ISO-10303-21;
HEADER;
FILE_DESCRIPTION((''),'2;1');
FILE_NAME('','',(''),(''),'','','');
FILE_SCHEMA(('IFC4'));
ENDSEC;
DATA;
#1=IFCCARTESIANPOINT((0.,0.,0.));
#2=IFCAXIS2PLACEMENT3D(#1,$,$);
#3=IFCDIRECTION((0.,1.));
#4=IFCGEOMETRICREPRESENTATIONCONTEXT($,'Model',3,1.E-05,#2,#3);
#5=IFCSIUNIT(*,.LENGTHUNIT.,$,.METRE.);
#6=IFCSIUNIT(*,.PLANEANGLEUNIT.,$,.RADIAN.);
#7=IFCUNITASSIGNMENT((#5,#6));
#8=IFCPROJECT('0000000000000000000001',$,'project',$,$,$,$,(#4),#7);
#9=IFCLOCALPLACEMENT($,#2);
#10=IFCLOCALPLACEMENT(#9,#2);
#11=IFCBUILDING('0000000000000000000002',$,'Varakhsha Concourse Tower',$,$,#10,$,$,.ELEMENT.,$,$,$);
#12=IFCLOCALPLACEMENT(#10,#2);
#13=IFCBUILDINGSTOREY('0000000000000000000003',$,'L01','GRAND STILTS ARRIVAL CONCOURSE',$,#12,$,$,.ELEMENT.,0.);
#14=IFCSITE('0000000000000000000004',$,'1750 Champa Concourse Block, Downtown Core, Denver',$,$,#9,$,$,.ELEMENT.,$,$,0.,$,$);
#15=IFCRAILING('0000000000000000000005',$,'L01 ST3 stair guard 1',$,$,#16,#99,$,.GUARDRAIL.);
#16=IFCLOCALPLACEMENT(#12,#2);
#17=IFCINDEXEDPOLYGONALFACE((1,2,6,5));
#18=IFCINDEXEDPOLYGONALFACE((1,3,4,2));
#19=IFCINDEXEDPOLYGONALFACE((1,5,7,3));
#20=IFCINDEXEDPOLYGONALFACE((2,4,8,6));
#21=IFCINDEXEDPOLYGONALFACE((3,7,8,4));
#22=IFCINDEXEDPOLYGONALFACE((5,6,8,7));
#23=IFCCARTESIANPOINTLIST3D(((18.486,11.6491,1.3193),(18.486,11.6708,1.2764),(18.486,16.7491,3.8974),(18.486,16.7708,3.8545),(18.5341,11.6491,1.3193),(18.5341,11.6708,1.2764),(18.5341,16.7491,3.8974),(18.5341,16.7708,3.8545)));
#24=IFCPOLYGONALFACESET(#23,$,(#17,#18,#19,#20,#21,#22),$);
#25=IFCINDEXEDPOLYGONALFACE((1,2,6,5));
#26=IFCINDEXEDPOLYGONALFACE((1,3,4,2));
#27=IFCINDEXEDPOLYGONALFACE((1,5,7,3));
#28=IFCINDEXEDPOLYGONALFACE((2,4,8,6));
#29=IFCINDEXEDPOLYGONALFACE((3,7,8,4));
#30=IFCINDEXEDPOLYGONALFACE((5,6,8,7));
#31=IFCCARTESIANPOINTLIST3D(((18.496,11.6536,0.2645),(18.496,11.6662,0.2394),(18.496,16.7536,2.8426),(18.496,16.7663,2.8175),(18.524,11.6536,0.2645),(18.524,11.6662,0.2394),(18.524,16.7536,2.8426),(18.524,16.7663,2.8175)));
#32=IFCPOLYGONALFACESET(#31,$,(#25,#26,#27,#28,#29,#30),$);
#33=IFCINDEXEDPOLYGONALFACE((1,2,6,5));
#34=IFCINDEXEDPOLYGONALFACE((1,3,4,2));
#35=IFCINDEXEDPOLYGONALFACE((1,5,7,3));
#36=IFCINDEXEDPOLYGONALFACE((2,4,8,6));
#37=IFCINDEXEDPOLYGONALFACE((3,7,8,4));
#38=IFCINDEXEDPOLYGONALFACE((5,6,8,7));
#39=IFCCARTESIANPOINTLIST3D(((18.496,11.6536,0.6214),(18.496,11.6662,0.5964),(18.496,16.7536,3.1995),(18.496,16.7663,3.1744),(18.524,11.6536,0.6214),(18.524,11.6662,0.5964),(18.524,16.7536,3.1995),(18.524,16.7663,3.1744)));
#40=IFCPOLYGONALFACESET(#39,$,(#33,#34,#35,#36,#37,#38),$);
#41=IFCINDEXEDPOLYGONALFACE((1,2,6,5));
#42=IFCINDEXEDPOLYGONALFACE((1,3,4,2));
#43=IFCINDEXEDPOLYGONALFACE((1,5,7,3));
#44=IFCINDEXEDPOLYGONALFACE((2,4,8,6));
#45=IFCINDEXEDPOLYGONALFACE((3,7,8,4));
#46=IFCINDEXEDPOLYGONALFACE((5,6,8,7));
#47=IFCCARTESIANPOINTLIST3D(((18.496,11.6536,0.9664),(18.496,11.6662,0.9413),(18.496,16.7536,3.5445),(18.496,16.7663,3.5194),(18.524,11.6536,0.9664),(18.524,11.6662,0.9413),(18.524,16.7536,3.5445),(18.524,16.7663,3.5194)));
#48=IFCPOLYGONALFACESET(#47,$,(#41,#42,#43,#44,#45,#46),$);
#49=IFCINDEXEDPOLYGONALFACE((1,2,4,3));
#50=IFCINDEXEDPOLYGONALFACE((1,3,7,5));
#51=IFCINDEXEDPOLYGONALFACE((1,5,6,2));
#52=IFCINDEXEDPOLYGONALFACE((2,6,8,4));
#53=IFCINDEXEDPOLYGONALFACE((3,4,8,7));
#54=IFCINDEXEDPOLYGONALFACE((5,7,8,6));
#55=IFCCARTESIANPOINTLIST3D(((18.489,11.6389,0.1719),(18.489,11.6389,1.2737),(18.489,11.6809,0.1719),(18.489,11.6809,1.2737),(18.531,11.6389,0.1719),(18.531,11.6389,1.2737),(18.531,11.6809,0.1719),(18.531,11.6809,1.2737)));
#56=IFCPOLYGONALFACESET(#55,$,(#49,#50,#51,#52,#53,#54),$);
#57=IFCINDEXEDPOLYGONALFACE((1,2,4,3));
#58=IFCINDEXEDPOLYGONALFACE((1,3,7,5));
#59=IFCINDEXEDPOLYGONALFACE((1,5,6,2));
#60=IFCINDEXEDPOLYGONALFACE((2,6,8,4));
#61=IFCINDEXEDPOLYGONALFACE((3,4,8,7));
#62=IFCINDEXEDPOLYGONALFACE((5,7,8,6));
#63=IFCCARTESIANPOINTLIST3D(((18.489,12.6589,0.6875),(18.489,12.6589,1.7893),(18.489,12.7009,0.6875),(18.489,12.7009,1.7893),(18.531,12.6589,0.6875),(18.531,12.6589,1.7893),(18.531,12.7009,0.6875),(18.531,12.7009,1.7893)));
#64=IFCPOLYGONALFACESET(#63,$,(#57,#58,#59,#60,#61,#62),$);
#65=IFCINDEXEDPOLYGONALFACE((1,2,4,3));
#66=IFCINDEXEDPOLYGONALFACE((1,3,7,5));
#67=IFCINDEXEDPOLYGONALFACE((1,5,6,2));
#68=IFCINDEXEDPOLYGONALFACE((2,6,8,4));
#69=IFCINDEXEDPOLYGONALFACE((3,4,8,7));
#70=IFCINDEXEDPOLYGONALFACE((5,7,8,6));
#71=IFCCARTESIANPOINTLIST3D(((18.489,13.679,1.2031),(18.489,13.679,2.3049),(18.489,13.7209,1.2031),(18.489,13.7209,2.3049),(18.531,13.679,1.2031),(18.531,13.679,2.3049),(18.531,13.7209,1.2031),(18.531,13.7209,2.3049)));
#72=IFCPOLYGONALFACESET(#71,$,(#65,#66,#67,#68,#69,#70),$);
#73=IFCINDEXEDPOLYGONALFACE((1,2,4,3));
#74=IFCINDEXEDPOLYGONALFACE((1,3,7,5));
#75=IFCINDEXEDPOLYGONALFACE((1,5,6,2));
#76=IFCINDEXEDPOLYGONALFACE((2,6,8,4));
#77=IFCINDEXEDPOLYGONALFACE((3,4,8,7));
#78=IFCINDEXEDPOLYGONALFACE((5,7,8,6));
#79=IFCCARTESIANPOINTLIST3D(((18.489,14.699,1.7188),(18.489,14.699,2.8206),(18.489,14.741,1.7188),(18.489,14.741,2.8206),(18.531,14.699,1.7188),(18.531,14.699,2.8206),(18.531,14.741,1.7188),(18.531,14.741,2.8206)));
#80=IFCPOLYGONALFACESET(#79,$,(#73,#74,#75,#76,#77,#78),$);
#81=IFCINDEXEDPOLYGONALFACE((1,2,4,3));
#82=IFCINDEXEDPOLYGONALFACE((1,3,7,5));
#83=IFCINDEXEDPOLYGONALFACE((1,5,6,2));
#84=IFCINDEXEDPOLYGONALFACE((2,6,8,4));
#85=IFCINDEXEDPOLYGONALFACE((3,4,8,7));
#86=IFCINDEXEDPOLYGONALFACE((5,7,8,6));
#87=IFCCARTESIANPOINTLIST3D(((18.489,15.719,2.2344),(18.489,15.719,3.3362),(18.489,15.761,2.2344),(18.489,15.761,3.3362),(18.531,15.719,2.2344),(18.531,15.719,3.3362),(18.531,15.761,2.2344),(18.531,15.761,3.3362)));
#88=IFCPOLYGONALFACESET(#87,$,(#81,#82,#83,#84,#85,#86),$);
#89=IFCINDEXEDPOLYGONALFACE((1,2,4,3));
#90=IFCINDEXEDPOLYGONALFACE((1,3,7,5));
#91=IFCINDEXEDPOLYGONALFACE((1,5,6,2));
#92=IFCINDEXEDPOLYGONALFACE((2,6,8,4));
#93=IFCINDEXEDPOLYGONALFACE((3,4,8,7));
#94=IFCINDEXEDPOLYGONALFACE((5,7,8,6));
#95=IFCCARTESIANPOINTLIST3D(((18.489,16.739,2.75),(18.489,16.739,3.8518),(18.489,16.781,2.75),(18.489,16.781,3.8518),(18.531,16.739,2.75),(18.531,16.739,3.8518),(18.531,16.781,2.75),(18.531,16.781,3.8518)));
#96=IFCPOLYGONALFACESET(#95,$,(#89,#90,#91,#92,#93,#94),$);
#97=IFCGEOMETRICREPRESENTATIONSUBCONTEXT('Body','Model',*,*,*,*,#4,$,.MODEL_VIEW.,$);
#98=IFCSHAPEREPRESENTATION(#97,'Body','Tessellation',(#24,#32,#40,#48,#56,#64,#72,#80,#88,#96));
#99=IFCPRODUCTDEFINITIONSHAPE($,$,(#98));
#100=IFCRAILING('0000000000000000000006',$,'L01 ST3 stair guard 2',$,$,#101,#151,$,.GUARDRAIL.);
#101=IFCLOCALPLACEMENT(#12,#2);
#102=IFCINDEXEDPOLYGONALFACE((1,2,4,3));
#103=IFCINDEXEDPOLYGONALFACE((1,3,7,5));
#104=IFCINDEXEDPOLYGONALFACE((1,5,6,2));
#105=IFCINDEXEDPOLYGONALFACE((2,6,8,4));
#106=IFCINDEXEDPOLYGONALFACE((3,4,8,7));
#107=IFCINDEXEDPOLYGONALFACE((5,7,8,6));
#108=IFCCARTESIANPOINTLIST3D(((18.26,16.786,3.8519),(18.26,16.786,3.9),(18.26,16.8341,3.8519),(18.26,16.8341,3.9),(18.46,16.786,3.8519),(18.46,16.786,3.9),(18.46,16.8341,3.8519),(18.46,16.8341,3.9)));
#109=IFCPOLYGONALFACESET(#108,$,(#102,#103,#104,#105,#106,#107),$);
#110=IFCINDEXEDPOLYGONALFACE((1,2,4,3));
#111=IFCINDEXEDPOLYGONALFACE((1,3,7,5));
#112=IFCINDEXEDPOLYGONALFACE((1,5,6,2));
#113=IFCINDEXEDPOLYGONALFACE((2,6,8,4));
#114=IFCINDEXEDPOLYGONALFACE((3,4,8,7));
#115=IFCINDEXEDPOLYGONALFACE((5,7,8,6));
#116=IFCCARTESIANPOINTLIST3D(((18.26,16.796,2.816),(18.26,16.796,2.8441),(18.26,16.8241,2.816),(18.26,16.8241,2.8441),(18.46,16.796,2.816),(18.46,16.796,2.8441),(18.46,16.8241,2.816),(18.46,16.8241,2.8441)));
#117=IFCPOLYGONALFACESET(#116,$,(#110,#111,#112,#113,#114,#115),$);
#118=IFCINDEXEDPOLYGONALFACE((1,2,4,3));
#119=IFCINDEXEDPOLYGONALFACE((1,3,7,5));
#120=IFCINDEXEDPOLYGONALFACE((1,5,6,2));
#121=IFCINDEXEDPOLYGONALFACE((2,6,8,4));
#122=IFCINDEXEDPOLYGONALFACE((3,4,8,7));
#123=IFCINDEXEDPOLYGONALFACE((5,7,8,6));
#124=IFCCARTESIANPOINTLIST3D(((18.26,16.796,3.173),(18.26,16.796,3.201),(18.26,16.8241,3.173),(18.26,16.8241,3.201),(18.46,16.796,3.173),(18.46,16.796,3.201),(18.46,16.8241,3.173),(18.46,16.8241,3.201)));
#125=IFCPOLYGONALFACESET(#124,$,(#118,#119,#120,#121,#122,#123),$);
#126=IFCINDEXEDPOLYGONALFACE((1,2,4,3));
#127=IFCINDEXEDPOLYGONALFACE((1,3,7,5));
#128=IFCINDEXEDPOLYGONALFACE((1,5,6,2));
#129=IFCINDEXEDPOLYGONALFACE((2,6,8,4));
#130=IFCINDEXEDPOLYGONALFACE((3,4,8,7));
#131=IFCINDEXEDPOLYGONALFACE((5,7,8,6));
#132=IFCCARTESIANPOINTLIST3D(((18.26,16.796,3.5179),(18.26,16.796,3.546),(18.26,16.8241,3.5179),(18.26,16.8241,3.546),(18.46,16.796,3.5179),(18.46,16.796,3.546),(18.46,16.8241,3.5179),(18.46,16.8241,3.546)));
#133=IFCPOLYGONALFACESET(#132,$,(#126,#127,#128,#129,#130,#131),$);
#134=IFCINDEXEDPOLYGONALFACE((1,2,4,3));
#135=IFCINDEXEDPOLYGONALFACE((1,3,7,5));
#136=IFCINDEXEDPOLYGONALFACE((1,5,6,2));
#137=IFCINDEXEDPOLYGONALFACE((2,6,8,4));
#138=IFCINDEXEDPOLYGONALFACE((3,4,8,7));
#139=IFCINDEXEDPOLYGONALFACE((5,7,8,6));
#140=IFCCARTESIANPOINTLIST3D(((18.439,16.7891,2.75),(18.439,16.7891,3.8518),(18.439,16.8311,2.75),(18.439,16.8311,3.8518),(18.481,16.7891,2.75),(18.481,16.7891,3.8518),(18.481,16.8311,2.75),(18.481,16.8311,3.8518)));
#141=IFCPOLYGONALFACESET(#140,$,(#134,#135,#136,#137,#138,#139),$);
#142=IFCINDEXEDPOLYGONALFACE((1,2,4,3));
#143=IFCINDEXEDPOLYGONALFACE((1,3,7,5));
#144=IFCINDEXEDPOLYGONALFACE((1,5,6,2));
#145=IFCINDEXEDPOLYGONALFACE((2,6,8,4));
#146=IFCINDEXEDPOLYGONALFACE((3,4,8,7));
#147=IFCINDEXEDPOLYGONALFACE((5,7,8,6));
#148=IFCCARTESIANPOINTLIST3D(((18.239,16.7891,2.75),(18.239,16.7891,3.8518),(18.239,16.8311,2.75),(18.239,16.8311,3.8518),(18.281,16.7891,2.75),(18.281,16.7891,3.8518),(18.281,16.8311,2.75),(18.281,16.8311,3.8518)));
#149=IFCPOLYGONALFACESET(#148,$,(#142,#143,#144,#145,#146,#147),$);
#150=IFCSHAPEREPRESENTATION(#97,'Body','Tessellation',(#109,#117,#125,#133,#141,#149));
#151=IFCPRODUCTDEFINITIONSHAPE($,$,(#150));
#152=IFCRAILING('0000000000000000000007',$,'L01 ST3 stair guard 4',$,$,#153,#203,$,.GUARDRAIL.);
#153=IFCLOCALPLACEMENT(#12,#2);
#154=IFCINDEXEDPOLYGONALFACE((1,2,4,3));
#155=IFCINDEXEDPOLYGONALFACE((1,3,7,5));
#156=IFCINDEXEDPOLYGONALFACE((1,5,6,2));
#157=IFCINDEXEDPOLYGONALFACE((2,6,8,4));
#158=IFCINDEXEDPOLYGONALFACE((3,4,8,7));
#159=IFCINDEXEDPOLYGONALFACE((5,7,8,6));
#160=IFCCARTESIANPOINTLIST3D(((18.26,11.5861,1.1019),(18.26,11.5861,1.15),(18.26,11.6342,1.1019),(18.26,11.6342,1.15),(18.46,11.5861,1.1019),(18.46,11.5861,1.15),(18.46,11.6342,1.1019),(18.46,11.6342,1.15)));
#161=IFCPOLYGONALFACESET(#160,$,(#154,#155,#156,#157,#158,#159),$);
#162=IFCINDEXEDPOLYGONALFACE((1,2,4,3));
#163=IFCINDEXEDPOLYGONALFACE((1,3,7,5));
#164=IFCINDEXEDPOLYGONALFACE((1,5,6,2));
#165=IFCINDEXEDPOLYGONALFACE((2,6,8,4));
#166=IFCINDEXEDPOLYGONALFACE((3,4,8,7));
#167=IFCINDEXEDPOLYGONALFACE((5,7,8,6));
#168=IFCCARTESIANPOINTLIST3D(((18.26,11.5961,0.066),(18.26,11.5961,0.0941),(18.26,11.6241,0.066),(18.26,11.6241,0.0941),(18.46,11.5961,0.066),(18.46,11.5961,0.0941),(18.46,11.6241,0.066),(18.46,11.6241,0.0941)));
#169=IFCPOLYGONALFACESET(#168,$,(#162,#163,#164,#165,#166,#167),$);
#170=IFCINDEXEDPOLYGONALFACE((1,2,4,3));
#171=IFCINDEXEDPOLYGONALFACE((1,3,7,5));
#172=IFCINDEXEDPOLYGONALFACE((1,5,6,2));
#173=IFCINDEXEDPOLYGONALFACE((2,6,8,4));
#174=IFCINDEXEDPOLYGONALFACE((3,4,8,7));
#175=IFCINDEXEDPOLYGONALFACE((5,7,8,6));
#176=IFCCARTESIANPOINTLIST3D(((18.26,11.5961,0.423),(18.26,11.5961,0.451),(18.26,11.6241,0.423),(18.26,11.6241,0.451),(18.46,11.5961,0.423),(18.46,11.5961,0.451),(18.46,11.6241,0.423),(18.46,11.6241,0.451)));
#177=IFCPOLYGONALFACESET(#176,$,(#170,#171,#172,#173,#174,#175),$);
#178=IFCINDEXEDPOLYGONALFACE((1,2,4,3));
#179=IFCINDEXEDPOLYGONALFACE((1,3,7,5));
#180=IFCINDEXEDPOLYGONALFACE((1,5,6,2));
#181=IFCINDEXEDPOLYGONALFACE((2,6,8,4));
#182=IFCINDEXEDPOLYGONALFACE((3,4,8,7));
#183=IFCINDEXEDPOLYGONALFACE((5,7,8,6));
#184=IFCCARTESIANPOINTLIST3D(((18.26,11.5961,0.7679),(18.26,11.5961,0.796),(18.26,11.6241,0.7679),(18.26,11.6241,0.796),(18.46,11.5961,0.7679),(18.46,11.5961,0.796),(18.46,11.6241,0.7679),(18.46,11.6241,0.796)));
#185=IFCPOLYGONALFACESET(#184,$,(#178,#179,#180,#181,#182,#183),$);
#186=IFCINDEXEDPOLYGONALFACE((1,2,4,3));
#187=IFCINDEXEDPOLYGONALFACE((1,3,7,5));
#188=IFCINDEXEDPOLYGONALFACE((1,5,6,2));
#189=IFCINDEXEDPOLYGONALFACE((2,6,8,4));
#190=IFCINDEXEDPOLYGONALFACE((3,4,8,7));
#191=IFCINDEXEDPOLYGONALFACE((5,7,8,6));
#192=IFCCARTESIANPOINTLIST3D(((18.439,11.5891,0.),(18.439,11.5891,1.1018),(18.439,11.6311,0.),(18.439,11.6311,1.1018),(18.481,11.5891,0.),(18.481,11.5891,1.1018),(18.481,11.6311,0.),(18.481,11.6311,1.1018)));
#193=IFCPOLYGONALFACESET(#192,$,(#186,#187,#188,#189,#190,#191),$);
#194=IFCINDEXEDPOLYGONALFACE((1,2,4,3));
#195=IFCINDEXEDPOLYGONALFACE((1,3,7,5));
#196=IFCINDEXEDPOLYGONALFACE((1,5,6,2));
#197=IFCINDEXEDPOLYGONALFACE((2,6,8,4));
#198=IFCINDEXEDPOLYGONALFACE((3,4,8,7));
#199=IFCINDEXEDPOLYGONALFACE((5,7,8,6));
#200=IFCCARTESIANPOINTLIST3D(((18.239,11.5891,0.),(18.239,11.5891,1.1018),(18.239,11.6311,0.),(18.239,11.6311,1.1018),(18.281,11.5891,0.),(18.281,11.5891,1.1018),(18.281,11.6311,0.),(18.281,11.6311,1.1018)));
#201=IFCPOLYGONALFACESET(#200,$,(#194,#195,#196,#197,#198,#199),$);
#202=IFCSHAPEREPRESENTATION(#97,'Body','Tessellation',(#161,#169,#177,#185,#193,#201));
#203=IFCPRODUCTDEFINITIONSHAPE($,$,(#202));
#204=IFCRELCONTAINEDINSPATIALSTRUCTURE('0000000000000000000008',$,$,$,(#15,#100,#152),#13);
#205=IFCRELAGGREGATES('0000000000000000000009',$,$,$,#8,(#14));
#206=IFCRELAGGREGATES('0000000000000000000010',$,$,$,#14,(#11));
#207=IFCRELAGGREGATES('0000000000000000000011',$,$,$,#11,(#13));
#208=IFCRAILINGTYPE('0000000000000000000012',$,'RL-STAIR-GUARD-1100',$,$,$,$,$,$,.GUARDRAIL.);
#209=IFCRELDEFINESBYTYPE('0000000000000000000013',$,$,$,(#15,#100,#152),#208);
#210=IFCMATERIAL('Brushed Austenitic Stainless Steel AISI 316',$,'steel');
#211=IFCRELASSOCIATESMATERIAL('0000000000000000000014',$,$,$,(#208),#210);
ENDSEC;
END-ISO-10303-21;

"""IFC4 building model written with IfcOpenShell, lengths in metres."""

from ifc_helpers import new_model, si_unit, direction, frame, origin, origin_2d, place, context, subcontext, project, spatial, rectangle, extrude, material, type_object, element, save


model = new_model("IFC4")

# Units and contexts
model_context = context("Model", 3, precision=1e-05, world=origin(), true_north=direction((0.0, 1.0)))
body_context = subcontext(model_context, "Body", "Model", "MODEL_VIEW")
ifc_project = project(units=[si_unit("LENGTHUNIT", "METRE"), si_unit("PLANEANGLEUNIT", "RADIAN")], contexts=[model_context])

# Site, building, storey
site_placement = place(None, origin())
site = spatial("IfcSite", under=ifc_project, at=site_placement, Name="1750 Champa Concourse Block, Downtown Core, Denver", CompositionType="ELEMENT", RefElevation=0.0)
building_placement = place(site_placement, origin())
building = spatial("IfcBuilding", under=site, at=building_placement, Name="Varakhsha Concourse Tower", CompositionType="ELEMENT")
storey_placement = place(building_placement, origin())
storey = spatial("IfcBuildingStorey", under=building, at=storey_placement, Name="L01", Description="GRAND STILTS ARRIVAL CONCOURSE", CompositionType="ELEMENT", Elevation=0.0)

# Railings
ifc_material_1 = material(Name="Brushed Austenitic Stainless Steel AISI 316", Category="steel")
railing_type_1 = type_object("IfcRailingType", Name="RL-STAIR-GUARD-1100", PredefinedType="GUARDRAIL", material=ifc_material_1)
railing_1_placement = place(storey_placement, frame((18.51, 11.6599, 0.1719)))
element("IfcRailing", 1, at=railing_1_placement, inside=storey, type_object=railing_type_1, Name="L01 ST3 stair guard 1", PredefinedType="GUARDRAIL", context=body_context, shape_type="SweptSolid", body=[
    extrude(rectangle(XDim=0.0481, YDim=0.0481, at=origin_2d()), frame((0.0, 0.0, 1.126), z_axis=(0.0, 0.892453, 0.45114), x_axis=(-1.0, 0.0, 0.0)), (0.0, 0.0, 1.0), 5.7146),
    extrude(rectangle(XDim=0.0281, YDim=0.0281, at=origin_2d()), frame((0.0, 0.0, 0.0801), z_axis=(0.0, 0.892453, 0.45114), x_axis=(-1.0, 0.0, 0.0)), (0.0, 0.0, 1.0), 5.7146),
    extrude(rectangle(XDim=0.0281, YDim=0.0281, at=origin_2d()), frame((0.0, 0.0, 0.437), z_axis=(0.0, 0.892453, 0.45114), x_axis=(-1.0, 0.0, 0.0)), (0.0, 0.0, 1.0), 5.7146),
    extrude(rectangle(XDim=0.0281, YDim=0.0281, at=origin_2d()), frame((0.0, 0.0, 0.782), z_axis=(0.0, 0.892453, 0.45114), x_axis=(-1.0, 0.0, 0.0)), (0.0, 0.0, 1.0), 5.7146),
    extrude(rectangle(XDim=0.042, YDim=0.042, at=origin_2d()), origin(), (0.0, 0.0, 1.0), 1.1018),
    extrude(rectangle(XDim=0.042, YDim=0.042, at=origin_2d()), frame((0.0, 1.02, 0.5156)), (0.0, 0.0, 1.0), 1.1018),
    extrude(rectangle(XDim=0.042, YDim=0.042, at=origin_2d()), frame((0.0, 2.04, 1.0312)), (0.0, 0.0, 1.0), 1.1018),
    extrude(rectangle(XDim=0.042, YDim=0.042, at=origin_2d()), frame((0.0, 3.0601, 1.5469)), (0.0, 0.0, 1.0), 1.1018),
    extrude(rectangle(XDim=0.042, YDim=0.042, at=origin_2d()), frame((0.0, 4.0801, 2.0625)), (0.0, 0.0, 1.0), 1.1018),
    extrude(rectangle(XDim=0.042, YDim=0.042, at=origin_2d()), frame((0.0, 5.1001, 2.5781)), (0.0, 0.0, 1.0), 1.1018),
])
for number, where, name in (
    (2, (18.46, 16.8101, 2.75), "L01 ST3 stair guard 2"),
    (3, (18.46, 11.6101, 0.0), "L01 ST3 stair guard 4"),
):
    element("IfcRailing", number, at=place(storey_placement, frame(where)), inside=storey, type_object=railing_type_1, Name=name, PredefinedType="GUARDRAIL", context=body_context, shape_type="SweptSolid", body=[
        extrude(rectangle(XDim=0.0481, YDim=0.0481, at=origin_2d()), frame((0.0, 0.0, 1.126), z_axis=(-1.0, 0.0, 0.0), x_axis=(0.0, -1.0, 0.0)), (0.0, 0.0, 1.0), 0.2),
        extrude(rectangle(XDim=0.0281, YDim=0.0281, at=origin_2d()), frame((0.0, 0.0, 0.0801), z_axis=(-1.0, 0.0, 0.0), x_axis=(0.0, -1.0, 0.0)), (0.0, 0.0, 1.0), 0.2),
        extrude(rectangle(XDim=0.0281, YDim=0.0281, at=origin_2d()), frame((0.0, 0.0, 0.437), z_axis=(-1.0, 0.0, 0.0), x_axis=(0.0, -1.0, 0.0)), (0.0, 0.0, 1.0), 0.2),
        extrude(rectangle(XDim=0.0281, YDim=0.0281, at=origin_2d()), frame((0.0, 0.0, 0.782), z_axis=(-1.0, 0.0, 0.0), x_axis=(0.0, -1.0, 0.0)), (0.0, 0.0, 1.0), 0.2),
        extrude(rectangle(XDim=0.042, YDim=0.042, at=origin_2d()), origin(), (0.0, 0.0, 1.0), 1.1018),
        extrude(rectangle(XDim=0.042, YDim=0.042, at=origin_2d()), frame((-0.2, 0.0, 0.0)), (0.0, 0.0, 1.0), 1.1018),
    ])

save(model, "model.ifc")
